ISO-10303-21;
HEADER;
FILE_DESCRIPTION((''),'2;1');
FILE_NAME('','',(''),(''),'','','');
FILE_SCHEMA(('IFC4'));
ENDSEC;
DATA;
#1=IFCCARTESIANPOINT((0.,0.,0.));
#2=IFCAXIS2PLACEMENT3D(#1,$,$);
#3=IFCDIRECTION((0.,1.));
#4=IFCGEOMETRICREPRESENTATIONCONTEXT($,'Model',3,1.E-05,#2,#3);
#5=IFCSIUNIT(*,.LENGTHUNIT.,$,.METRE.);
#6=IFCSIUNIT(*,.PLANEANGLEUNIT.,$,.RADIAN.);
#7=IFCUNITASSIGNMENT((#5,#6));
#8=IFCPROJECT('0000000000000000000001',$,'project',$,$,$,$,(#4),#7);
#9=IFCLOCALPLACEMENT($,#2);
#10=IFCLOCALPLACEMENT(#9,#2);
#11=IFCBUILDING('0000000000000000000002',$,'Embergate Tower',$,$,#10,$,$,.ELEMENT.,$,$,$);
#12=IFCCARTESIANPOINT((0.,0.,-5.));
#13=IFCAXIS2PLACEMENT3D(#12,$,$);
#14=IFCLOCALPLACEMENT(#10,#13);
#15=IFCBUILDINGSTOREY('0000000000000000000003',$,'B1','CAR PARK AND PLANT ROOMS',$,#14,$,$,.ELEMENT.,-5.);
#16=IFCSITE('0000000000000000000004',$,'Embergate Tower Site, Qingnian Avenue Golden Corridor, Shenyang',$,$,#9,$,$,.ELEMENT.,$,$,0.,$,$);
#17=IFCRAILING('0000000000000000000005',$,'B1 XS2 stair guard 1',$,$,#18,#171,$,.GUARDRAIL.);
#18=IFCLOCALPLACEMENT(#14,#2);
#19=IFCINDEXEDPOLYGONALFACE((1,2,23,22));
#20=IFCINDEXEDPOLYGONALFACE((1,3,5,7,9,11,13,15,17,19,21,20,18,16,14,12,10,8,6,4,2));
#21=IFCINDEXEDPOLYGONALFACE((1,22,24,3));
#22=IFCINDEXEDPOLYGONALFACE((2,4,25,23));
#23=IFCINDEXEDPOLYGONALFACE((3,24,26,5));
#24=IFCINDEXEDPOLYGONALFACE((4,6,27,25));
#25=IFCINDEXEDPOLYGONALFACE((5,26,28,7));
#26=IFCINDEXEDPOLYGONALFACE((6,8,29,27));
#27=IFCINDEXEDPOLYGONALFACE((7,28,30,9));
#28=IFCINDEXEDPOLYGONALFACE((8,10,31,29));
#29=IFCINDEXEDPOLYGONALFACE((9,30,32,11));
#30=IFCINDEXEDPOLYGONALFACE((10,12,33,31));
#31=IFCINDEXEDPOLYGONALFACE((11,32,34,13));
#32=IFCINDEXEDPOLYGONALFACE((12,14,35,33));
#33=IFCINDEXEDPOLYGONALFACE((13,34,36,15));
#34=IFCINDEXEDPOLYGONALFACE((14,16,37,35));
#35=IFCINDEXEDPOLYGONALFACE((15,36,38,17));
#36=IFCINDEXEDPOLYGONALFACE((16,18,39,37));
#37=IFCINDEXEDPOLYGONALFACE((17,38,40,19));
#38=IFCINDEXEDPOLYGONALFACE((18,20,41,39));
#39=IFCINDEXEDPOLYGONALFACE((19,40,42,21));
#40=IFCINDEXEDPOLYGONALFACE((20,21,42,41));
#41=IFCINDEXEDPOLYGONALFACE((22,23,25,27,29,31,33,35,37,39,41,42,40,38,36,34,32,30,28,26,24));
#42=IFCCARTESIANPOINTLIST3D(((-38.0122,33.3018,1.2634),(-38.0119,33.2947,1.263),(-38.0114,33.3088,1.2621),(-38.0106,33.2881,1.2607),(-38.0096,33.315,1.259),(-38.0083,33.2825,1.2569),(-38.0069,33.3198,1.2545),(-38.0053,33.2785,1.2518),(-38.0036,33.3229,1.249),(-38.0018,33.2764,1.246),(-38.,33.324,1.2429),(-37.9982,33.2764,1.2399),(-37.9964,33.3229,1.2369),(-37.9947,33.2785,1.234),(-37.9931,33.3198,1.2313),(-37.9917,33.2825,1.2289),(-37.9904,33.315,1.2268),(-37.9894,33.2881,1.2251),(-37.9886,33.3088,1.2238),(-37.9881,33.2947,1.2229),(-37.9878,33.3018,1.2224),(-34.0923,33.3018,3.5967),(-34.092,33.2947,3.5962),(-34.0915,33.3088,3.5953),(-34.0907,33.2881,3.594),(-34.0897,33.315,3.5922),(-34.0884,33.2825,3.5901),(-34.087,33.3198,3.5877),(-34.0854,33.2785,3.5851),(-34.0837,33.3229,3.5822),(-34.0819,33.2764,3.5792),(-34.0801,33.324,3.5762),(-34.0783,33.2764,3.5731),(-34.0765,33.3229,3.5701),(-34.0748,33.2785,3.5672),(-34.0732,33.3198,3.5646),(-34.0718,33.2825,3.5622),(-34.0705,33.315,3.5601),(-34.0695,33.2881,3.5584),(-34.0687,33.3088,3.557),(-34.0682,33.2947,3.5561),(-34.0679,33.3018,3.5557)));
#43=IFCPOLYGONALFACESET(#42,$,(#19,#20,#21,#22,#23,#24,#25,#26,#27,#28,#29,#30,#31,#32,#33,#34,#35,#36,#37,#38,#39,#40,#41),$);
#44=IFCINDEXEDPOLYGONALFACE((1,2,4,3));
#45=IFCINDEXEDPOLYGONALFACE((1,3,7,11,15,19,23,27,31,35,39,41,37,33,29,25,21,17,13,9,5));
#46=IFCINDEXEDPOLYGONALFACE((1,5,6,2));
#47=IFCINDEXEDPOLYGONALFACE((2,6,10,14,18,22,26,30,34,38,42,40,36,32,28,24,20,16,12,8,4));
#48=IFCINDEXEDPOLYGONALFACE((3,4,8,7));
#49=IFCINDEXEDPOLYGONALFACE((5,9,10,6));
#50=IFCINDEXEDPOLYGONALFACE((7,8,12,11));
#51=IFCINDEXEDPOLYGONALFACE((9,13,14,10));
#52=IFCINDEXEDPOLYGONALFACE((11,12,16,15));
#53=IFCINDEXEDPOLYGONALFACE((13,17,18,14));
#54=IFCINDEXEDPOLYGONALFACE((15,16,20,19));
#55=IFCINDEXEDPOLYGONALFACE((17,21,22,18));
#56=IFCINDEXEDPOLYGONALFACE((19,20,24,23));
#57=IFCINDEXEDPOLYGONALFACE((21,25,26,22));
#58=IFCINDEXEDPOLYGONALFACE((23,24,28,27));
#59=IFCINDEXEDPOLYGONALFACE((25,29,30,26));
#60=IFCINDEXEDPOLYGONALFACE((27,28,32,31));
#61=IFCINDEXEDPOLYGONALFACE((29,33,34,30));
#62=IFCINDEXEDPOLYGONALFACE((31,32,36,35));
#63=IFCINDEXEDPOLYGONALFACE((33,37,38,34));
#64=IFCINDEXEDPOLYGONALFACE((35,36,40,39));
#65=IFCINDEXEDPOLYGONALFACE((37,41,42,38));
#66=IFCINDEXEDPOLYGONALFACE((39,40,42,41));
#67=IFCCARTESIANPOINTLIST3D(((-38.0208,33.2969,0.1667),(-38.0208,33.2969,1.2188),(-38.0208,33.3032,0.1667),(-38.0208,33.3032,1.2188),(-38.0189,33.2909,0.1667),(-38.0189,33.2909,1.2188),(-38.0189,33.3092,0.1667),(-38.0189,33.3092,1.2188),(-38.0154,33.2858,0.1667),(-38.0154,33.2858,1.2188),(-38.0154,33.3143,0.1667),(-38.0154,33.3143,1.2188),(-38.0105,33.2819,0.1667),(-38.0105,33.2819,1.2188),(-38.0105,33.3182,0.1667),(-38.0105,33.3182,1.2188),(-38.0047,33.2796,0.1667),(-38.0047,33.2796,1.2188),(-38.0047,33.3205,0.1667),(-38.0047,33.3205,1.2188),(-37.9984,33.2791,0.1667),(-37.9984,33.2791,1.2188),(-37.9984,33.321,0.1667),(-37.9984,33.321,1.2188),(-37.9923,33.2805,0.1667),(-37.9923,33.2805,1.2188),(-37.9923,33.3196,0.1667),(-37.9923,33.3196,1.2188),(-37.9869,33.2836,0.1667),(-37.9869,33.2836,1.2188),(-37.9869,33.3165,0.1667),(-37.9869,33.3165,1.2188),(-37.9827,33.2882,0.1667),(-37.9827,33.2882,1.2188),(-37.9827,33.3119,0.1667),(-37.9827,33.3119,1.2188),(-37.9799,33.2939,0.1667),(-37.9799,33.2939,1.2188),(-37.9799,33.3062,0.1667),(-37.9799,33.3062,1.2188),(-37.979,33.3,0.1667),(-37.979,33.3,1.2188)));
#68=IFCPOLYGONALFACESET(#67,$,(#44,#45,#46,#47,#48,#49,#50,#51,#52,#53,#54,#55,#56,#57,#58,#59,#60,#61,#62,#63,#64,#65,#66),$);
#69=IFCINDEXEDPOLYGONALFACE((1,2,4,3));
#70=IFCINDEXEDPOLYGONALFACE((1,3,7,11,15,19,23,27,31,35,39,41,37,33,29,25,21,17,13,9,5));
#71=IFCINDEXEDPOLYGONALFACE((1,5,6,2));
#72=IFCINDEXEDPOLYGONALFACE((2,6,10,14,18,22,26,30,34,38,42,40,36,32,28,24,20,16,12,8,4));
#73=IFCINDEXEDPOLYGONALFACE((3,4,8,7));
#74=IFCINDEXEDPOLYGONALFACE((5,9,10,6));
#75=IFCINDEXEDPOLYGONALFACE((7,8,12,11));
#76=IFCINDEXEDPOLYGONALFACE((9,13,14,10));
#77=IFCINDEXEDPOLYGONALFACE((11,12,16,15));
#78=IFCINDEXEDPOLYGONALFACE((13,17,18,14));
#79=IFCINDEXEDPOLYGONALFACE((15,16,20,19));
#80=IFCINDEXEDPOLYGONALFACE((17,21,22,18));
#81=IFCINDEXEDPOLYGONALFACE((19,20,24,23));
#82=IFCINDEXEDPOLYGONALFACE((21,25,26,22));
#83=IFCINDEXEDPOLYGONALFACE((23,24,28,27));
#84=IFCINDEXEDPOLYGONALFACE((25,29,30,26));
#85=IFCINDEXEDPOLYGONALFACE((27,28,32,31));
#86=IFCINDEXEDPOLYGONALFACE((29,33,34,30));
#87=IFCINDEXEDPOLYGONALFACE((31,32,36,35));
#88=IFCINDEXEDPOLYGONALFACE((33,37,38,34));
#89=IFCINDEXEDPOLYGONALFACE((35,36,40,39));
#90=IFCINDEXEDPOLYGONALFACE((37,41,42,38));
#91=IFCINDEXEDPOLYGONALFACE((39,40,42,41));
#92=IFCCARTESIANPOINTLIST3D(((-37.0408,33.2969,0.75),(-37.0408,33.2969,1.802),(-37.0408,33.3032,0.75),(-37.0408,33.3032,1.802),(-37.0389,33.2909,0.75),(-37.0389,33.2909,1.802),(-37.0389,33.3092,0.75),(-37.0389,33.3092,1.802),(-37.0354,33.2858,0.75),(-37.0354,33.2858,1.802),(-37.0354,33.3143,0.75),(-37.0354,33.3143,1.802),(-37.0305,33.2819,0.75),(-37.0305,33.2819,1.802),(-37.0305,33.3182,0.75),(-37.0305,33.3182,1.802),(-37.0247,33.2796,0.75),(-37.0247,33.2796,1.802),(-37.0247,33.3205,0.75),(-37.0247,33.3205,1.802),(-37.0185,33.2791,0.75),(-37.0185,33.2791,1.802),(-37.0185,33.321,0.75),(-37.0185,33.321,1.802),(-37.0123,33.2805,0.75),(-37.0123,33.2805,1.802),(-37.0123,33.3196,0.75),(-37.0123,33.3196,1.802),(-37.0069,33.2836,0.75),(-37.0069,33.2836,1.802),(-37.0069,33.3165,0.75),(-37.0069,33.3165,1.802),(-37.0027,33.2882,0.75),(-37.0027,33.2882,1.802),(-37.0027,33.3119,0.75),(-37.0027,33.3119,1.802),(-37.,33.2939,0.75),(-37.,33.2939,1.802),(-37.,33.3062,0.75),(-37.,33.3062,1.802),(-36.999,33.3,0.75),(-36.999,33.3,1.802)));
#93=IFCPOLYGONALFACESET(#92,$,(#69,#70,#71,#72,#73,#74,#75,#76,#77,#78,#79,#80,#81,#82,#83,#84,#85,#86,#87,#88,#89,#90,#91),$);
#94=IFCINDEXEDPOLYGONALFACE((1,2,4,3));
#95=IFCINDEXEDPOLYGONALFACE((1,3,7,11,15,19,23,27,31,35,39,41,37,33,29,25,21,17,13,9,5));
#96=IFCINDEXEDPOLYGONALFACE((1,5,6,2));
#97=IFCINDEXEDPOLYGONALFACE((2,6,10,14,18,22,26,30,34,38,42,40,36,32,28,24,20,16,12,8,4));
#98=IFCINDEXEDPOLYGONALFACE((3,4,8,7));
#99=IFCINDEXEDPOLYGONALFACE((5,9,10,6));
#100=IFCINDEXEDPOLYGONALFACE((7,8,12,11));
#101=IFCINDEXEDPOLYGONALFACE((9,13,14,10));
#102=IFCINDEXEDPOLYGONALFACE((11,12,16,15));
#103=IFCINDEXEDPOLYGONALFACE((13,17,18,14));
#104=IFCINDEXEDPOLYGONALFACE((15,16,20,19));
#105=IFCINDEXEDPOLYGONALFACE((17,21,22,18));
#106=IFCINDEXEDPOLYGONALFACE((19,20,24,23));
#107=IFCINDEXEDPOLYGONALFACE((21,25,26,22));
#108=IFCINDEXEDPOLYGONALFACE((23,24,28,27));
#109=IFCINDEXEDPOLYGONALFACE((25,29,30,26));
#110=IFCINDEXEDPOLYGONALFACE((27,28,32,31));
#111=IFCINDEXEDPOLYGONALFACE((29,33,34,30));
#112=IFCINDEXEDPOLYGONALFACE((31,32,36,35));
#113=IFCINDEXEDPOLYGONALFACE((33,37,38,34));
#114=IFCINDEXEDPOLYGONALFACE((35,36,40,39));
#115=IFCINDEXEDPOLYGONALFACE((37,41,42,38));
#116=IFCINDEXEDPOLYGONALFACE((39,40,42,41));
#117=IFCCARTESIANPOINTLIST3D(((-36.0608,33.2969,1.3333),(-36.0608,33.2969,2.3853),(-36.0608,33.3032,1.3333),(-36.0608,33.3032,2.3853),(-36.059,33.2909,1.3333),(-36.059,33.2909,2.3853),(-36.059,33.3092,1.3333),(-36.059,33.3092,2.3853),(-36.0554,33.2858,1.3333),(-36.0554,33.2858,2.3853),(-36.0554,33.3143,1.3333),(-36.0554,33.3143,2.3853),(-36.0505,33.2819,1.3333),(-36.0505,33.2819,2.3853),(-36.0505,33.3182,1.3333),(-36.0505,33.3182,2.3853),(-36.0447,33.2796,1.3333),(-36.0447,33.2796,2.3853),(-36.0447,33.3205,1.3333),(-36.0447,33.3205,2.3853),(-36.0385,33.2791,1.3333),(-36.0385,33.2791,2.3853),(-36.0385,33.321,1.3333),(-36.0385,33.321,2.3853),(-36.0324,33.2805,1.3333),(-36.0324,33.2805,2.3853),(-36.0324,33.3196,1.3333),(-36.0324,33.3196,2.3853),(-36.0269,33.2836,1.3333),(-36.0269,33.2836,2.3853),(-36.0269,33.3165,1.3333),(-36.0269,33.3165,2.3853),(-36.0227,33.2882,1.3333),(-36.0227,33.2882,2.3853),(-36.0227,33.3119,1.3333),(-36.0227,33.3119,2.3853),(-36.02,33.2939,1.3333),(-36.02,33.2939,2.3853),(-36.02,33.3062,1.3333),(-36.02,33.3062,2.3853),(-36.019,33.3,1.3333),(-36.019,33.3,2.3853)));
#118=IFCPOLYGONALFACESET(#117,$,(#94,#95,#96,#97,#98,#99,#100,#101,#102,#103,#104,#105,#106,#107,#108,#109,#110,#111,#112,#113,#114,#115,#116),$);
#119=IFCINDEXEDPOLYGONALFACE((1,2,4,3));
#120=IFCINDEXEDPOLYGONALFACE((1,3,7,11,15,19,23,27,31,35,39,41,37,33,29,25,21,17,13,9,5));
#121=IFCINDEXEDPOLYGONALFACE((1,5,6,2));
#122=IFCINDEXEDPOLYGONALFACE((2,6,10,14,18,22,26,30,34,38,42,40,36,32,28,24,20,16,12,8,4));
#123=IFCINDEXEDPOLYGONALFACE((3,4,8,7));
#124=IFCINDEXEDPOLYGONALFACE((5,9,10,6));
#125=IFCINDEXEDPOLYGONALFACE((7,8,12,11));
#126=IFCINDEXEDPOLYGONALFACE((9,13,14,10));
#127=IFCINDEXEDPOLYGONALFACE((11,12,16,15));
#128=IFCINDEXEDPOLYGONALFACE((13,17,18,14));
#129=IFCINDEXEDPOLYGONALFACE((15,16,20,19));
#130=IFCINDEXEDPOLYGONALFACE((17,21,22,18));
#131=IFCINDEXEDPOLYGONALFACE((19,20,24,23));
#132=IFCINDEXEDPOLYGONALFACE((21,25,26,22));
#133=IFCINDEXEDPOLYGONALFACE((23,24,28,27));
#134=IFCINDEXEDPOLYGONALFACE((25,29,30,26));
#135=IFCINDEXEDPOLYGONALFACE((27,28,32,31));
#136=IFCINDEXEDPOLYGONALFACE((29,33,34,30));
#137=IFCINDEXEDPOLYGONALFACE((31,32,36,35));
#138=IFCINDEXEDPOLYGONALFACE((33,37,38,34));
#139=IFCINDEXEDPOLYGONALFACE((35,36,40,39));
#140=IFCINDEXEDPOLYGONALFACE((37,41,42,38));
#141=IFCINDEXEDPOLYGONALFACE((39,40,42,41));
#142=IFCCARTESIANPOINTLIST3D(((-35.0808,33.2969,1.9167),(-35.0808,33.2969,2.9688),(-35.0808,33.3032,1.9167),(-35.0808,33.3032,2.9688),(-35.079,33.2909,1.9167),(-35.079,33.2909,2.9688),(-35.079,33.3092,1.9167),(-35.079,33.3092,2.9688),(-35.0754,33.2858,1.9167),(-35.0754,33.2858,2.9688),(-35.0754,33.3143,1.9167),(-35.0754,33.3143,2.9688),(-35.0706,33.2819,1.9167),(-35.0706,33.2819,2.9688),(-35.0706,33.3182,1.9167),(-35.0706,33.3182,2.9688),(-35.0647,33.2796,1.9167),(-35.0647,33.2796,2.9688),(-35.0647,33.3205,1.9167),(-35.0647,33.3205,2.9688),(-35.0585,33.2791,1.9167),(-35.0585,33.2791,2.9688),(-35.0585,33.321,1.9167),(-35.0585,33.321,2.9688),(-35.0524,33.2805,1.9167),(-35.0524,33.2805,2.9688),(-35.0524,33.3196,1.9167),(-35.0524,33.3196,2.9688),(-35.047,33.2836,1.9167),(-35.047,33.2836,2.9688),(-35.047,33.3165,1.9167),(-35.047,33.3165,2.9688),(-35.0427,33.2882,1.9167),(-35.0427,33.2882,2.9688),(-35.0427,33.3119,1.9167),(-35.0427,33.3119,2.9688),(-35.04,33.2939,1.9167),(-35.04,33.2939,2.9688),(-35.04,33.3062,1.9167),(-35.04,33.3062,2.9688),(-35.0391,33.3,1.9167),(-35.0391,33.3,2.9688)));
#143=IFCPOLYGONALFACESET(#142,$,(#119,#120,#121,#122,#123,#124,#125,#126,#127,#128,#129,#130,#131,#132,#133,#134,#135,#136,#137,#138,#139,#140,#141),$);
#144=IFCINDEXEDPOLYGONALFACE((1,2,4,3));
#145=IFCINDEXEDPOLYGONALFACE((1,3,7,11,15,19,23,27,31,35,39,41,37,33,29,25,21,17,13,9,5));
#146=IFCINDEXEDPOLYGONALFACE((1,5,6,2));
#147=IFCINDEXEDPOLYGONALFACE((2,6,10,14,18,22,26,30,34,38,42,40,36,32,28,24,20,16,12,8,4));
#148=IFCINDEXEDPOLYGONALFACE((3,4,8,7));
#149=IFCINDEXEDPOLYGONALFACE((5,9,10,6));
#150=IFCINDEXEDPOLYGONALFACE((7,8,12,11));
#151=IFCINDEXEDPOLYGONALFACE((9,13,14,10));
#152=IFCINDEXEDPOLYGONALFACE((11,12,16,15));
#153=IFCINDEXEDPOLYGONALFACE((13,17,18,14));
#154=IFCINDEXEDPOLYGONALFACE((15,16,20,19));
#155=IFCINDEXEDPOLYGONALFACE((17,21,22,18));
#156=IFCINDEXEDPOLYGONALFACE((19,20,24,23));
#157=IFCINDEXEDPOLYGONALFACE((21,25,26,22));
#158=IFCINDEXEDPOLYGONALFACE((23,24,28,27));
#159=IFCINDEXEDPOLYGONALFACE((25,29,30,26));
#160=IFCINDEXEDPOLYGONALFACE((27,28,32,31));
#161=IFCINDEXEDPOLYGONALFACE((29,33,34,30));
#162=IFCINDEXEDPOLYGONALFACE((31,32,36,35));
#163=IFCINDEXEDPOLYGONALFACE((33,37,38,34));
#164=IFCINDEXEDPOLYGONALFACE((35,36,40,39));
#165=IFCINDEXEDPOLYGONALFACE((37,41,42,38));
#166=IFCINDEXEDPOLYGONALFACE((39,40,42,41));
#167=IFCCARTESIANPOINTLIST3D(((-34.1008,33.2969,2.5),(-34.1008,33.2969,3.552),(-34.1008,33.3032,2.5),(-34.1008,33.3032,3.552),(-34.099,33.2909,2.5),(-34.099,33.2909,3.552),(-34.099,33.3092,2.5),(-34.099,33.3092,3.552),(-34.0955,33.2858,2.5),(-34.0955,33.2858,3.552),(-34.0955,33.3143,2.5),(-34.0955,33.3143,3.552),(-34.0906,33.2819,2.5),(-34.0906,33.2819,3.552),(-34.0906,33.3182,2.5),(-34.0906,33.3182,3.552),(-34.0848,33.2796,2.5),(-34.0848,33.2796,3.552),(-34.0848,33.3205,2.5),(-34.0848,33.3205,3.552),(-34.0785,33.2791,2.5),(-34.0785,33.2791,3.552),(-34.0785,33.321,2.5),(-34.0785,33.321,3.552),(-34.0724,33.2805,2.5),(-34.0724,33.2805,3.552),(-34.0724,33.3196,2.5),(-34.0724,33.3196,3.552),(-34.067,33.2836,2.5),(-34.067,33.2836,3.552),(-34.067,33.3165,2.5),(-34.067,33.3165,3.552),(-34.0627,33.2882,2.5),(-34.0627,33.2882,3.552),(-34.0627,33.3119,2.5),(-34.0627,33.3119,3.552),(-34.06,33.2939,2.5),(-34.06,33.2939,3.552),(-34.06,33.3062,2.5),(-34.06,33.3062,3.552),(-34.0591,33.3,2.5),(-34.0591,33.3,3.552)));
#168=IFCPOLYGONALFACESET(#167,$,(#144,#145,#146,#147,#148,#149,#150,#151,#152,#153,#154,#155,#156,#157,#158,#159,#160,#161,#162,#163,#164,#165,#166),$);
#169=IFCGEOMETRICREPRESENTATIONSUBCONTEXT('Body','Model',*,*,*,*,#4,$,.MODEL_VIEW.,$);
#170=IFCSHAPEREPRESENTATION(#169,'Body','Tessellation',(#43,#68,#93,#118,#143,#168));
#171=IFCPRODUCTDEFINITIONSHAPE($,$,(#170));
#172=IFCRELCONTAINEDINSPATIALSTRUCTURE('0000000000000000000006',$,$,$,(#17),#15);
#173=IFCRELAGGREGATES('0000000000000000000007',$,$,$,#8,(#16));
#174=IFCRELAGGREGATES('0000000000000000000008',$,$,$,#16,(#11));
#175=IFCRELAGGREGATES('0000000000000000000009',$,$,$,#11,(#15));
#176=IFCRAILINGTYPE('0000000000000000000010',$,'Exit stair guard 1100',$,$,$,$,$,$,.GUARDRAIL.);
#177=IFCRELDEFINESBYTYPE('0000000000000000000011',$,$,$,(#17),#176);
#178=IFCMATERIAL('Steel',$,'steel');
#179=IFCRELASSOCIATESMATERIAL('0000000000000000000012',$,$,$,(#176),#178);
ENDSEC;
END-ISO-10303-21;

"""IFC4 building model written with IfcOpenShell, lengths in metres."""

from ifc_helpers import new_model, si_unit, direction, frame, origin, origin_2d, place, context, subcontext, project, spatial, circle, extrude, source, transform, mapped, material, type_object, element, save


model = new_model("IFC4")

# Units and contexts
model_context = context("Model", 3, precision=1e-05, world=origin(), true_north=direction((0.0, 1.0)))
body_context = subcontext(model_context, "Body", "Model", "MODEL_VIEW")
ifc_project = project(units=[si_unit("LENGTHUNIT", "METRE"), si_unit("PLANEANGLEUNIT", "RADIAN")], contexts=[model_context])

# Site, building, storey
site_placement = place(None, origin())
site = spatial("IfcSite", under=ifc_project, at=site_placement, Name="Embergate Tower Site, Qingnian Avenue Golden Corridor, Shenyang", CompositionType="ELEMENT", RefElevation=0.0)
building_placement = place(site_placement, origin())
building = spatial("IfcBuilding", under=site, at=building_placement, Name="Embergate Tower", CompositionType="ELEMENT")
storey_placement = place(building_placement, frame((0.0, 0.0, -5.0)))
storey = spatial("IfcBuildingStorey", under=building, at=storey_placement, Name="B1", Description="CAR PARK AND PLANT ROOMS", CompositionType="ELEMENT", Elevation=-5.0)

# Railing
ifc_material_1 = material(Name="Steel", Category="steel")
railing_type_1 = type_object("IfcRailingType", Name="Exit stair guard 1100", PredefinedType="GUARDRAIL", material=ifc_material_1)
shared_shape_1 = source(origin(), body_context, "Body", "SweptSolid", [
    extrude(circle(Radius=0.0239, at=origin_2d()), frame((0.0, 0.0, 1.0762), z_axis=(0.859296, 0.0, 0.511478), x_axis=(0.0, 1.0, 0.0)), (0.0, 0.0, 1.0), 4.5618),
    extrude(circle(Radius=0.021, at=origin_2d()), origin(), (0.0, 0.0, 1.0), 1.052),
    extrude(circle(Radius=0.021, at=origin_2d()), frame((0.98, 0.0, 0.5833)), (0.0, 0.0, 1.0), 1.052),
    extrude(circle(Radius=0.021, at=origin_2d()), frame((1.96, 0.0, 1.1665)), (0.0, 0.0, 1.0), 1.052),
    extrude(circle(Radius=0.021, at=origin_2d()), frame((2.9399, 0.0, 1.75)), (0.0, 0.0, 1.0), 1.052),
    extrude(circle(Radius=0.021, at=origin_2d()), frame((3.9199, 0.0, 2.3333)), (0.0, 0.0, 1.0), 1.052),
])
railing_1_placement = place(storey_placement, frame((-38.0, 33.3, 0.1667)))
element("IfcRailing", 1, at=railing_1_placement, inside=storey, type_object=railing_type_1, Name="B1 XS2 stair guard 1", PredefinedType="GUARDRAIL", context=body_context, shape_type="MappedRepresentation", body=[
    mapped(shared_shape_1, transform((0.0, 0.0, 0.0))),
])

save(model, "model.ifc")
